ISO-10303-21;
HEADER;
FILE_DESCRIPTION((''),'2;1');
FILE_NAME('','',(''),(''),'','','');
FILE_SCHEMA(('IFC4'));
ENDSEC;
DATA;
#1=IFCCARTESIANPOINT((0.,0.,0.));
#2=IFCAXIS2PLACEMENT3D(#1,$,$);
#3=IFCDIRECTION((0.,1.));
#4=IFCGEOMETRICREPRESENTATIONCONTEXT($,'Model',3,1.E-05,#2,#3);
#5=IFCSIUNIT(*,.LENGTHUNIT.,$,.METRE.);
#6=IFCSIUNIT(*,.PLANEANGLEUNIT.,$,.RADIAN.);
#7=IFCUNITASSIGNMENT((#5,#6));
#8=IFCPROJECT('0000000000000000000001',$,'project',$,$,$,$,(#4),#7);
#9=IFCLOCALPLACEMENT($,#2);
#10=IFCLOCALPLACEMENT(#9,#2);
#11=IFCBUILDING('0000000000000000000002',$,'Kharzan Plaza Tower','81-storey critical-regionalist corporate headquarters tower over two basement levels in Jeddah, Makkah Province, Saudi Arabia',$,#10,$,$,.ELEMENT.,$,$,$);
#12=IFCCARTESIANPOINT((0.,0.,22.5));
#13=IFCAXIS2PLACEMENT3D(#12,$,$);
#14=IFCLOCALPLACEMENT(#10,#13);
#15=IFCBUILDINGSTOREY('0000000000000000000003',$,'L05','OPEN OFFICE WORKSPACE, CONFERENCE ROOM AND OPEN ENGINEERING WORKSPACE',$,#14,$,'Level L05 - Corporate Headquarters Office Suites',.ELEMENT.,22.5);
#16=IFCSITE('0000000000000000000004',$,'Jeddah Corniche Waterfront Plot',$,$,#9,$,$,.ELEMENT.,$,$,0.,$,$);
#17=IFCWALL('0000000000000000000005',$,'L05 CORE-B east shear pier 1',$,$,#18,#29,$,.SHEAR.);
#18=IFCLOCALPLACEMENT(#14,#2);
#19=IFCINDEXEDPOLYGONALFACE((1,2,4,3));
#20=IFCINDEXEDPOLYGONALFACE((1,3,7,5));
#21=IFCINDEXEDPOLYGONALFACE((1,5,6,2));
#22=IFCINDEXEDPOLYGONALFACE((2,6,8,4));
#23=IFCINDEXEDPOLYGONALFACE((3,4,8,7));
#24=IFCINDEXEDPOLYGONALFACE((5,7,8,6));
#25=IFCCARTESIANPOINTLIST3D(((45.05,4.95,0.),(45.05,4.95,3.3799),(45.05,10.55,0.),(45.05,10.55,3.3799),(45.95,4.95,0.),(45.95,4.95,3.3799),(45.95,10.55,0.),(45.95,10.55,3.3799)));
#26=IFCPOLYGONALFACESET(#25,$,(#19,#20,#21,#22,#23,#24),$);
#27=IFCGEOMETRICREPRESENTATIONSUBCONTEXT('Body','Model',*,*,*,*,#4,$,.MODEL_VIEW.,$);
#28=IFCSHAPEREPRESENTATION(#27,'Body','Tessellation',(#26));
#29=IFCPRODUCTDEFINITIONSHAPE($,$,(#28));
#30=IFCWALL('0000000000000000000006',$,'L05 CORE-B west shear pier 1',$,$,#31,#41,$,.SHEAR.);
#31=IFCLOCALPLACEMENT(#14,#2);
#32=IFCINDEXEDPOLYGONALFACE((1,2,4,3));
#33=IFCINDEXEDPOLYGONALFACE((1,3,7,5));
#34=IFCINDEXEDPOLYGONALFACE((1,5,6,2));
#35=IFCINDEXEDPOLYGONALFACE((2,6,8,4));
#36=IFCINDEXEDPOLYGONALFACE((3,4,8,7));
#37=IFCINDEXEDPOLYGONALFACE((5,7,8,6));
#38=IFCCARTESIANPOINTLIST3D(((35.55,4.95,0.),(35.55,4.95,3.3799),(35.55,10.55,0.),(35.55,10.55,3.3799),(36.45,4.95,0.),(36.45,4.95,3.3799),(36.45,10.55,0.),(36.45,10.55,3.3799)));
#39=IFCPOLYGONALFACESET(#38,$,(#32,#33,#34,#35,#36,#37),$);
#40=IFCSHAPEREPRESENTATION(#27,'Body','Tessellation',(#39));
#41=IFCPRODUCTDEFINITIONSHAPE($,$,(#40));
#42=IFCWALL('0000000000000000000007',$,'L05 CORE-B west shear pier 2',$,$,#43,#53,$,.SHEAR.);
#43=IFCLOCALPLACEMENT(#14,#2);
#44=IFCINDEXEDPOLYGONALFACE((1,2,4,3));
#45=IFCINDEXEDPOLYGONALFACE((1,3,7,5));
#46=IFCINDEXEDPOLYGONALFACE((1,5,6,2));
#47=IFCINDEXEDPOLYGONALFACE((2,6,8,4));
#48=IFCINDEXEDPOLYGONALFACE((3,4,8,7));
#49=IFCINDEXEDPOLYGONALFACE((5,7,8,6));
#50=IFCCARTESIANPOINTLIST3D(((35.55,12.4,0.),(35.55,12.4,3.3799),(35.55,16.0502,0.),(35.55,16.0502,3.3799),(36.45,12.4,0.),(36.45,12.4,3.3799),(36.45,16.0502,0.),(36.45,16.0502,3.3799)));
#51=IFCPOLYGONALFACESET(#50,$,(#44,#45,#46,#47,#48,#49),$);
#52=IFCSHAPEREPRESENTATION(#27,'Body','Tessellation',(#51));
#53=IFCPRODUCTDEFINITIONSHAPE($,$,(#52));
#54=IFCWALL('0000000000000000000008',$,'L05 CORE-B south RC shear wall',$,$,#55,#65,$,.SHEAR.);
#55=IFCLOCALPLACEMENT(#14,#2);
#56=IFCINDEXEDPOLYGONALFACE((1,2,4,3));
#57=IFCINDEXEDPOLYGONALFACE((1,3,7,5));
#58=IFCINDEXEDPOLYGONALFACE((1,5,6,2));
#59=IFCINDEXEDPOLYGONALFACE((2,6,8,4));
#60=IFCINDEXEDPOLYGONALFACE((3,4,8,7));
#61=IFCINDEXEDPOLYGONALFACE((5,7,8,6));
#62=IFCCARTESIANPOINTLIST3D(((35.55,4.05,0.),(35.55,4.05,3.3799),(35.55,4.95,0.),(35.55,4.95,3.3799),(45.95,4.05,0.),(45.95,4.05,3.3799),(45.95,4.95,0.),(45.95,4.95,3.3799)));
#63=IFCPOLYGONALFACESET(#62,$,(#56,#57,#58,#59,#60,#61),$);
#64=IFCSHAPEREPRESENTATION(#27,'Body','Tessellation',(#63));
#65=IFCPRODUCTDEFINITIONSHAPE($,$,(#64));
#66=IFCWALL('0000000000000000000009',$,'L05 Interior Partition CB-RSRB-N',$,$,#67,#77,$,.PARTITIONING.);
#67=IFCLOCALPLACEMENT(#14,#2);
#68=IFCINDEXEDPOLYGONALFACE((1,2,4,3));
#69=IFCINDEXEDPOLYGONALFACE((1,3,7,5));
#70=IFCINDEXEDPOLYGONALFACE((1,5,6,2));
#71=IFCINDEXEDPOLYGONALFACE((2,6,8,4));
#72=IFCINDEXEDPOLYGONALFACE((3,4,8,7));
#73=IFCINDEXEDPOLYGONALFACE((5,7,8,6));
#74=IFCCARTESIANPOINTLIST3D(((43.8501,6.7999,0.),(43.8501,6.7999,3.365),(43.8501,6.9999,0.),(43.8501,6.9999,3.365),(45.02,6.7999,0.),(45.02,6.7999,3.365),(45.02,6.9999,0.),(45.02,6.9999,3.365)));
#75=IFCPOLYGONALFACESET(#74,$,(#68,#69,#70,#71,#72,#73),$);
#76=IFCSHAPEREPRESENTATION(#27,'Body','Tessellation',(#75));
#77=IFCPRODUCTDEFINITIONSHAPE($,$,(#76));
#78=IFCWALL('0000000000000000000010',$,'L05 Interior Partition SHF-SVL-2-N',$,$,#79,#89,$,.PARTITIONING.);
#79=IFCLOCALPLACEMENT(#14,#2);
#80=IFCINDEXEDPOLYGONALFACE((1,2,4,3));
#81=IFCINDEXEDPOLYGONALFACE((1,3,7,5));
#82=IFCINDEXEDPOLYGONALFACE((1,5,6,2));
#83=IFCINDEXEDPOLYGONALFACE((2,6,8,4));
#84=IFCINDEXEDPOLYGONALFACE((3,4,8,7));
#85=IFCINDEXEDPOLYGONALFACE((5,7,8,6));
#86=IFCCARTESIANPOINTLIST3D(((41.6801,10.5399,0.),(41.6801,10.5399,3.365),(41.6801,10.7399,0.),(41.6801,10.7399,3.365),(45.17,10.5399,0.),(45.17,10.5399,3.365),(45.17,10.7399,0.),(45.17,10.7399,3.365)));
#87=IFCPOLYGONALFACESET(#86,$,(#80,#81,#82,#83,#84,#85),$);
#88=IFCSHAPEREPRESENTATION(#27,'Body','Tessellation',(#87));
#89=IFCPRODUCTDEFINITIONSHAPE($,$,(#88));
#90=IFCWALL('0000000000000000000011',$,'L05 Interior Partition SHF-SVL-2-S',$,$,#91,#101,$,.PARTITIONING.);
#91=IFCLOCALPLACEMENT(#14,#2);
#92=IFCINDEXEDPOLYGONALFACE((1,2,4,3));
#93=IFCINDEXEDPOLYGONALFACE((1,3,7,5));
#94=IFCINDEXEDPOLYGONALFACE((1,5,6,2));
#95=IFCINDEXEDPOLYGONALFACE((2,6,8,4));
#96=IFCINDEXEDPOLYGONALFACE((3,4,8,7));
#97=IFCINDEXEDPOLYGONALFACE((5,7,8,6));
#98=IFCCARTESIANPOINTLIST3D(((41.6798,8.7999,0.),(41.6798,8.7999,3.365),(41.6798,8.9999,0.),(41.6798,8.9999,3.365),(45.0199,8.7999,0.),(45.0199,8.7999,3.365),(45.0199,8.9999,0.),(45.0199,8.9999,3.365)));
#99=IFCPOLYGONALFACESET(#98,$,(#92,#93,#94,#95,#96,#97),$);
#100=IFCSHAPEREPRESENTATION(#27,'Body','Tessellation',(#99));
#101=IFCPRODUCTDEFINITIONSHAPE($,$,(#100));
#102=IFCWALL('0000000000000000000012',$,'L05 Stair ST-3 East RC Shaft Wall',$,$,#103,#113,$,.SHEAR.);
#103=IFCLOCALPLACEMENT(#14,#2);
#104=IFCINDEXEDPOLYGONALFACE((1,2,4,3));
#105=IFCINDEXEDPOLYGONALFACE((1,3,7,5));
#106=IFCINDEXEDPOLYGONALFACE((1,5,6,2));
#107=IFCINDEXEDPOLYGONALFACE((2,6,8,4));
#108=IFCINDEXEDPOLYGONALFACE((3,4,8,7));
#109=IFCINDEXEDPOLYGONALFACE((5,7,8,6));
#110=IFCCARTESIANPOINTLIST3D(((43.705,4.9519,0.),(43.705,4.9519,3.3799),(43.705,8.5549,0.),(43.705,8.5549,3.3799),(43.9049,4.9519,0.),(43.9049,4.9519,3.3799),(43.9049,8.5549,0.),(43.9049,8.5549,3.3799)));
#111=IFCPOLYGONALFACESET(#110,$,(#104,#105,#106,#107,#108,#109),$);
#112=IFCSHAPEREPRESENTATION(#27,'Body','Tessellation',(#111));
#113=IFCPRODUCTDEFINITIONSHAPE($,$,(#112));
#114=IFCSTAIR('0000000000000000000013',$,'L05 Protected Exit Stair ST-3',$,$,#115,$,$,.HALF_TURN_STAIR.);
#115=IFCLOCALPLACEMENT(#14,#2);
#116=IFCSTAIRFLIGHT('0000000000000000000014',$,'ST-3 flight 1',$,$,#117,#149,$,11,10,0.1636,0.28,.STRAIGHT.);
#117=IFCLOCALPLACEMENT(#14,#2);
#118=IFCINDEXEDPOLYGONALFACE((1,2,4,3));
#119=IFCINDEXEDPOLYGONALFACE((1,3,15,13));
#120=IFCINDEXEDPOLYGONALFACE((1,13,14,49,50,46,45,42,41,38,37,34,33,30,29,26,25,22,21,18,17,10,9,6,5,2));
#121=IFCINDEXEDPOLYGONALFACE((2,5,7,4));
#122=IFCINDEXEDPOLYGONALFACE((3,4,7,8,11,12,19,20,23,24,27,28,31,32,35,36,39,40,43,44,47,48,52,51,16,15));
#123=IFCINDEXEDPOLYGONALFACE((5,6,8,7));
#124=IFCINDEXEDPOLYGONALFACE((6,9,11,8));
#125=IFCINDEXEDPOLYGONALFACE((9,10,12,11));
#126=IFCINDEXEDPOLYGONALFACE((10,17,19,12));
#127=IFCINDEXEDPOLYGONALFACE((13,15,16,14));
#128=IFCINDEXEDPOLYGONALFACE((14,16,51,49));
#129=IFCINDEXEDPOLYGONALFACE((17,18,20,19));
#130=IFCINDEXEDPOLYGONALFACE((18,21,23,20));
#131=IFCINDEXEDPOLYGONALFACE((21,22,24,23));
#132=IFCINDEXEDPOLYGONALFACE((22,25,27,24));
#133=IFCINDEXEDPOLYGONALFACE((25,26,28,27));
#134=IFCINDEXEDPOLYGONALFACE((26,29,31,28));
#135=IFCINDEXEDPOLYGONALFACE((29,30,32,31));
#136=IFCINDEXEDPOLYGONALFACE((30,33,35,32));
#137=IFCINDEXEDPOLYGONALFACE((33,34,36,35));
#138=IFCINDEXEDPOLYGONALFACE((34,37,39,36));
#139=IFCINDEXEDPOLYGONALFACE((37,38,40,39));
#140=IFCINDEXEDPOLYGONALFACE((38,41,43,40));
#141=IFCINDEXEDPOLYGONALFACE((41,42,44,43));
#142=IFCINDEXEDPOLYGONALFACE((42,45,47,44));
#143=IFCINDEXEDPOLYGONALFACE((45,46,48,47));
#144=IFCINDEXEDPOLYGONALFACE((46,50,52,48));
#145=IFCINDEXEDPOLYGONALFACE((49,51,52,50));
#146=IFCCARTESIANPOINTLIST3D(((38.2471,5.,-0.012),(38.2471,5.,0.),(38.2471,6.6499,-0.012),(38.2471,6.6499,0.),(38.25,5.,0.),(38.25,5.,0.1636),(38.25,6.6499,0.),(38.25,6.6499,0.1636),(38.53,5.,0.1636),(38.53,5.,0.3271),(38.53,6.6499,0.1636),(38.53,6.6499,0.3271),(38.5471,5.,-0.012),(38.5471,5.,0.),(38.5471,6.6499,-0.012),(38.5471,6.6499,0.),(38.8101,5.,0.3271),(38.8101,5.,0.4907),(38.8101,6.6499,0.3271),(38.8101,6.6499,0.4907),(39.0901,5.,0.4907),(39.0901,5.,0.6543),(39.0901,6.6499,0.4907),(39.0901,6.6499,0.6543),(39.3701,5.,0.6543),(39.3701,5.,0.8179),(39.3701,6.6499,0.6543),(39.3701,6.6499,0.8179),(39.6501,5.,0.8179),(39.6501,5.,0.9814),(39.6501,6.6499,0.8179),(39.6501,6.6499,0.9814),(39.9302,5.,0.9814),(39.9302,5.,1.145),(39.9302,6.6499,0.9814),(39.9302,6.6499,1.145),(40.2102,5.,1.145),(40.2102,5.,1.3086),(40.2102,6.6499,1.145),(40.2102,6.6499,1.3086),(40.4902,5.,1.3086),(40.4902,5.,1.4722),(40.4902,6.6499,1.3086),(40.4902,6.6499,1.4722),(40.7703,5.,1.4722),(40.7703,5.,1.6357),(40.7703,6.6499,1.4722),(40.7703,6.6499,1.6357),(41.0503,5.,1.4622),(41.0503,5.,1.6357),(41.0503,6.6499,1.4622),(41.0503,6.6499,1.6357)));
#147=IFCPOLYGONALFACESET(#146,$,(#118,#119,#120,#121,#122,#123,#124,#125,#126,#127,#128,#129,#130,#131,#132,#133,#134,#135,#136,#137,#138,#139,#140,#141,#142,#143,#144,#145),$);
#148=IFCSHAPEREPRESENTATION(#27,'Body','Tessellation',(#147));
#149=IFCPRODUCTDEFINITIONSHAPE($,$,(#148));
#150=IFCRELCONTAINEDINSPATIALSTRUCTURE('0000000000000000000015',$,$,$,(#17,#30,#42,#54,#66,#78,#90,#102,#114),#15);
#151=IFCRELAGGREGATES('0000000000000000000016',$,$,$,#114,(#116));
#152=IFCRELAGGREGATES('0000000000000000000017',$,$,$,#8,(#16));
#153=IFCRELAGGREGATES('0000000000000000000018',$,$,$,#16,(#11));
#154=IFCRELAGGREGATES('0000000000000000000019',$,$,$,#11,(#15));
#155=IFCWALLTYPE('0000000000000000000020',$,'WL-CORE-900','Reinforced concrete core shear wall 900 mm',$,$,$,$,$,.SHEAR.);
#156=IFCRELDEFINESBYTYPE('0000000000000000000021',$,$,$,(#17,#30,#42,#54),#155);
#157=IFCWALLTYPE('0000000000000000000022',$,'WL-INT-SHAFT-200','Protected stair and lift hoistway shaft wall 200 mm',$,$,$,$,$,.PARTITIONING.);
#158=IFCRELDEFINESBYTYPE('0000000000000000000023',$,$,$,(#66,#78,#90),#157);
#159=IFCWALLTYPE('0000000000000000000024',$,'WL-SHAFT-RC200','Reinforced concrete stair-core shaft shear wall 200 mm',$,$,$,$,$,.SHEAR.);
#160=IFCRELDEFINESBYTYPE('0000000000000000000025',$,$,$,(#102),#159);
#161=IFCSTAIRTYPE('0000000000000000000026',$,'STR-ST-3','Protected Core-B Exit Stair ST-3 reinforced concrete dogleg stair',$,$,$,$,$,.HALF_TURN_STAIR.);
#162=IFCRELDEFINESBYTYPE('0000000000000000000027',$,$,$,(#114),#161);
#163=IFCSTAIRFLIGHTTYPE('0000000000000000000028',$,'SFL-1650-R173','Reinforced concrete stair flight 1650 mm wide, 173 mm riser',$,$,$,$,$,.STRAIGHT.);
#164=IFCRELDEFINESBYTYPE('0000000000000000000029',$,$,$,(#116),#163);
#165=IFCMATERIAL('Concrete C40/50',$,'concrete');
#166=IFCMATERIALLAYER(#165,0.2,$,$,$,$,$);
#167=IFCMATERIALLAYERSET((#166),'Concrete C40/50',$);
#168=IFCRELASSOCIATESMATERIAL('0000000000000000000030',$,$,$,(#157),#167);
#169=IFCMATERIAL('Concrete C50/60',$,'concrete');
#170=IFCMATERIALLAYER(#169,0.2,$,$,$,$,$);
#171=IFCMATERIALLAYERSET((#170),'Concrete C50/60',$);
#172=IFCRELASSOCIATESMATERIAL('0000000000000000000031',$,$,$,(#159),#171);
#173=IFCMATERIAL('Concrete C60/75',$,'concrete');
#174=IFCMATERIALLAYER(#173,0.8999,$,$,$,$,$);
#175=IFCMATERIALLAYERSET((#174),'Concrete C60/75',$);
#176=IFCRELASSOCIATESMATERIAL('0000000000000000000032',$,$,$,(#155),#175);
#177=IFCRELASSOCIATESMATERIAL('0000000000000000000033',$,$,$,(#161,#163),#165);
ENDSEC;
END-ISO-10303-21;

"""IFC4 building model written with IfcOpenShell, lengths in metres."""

from ifc_helpers import new_model, si_unit, direction, frame, frame_2d, origin, place, context, subcontext, project, spatial, polyline, rectangle, outline, extrude, source, transform, mapped, material, layer, layer_set, type_object, element, aggregate, save


model = new_model("IFC4")

# Units and contexts
model_context = context("Model", 3, precision=1e-05, world=origin(), true_north=direction((0.0, 1.0)))
body_context = subcontext(model_context, "Body", "Model", "MODEL_VIEW")
ifc_project = project(units=[si_unit("LENGTHUNIT", "METRE"), si_unit("PLANEANGLEUNIT", "RADIAN")], contexts=[model_context])

# Site, building, storey
site_placement = place(None, origin())
site = spatial("IfcSite", under=ifc_project, at=site_placement, Name="Jeddah Corniche Waterfront Plot", CompositionType="ELEMENT", RefElevation=0.0)
building_placement = place(site_placement, origin())
building = spatial("IfcBuilding", under=site, at=building_placement, Name="Kharzan Plaza Tower", Description="81-storey critical-regionalist corporate headquarters tower over two basement levels in Jeddah, Makkah Province, Saudi Arabia", CompositionType="ELEMENT")
storey_placement = place(building_placement, frame((0.0, 0.0, 22.5)))
storey = spatial("IfcBuildingStorey", under=building, at=storey_placement, Name="L05", Description="OPEN OFFICE WORKSPACE, CONFERENCE ROOM AND OPEN ENGINEERING WORKSPACE", LongName="Level L05 - Corporate Headquarters Office Suites", CompositionType="ELEMENT", Elevation=22.5)

# Shared definitions
ifc_material_1 = material(Name="Concrete C60/75", Category="concrete")

# Shared definitions
ifc_material_2 = material(Name="Concrete C40/50", Category="concrete")

# Shared definitions
ifc_layer_1 = layer(ifc_material_2, 0.2)
ifc_layer_set_1 = layer_set([ifc_layer_1], Name="Concrete C40/50")
wall_type_1 = type_object("IfcWallType", Name="WL-INT-SHAFT-200", Description="Protected stair and lift hoistway shaft wall 200 mm", PredefinedType="PARTITIONING", material=ifc_layer_set_1)
ifc_material_3 = material(Name="Concrete C50/60", Category="concrete")
ifc_layer_2 = layer(ifc_material_3, 0.2)
ifc_layer_set_2 = layer_set([ifc_layer_2], Name="Concrete C50/60")
wall_type_2 = type_object("IfcWallType", Name="WL-SHAFT-RC200", Description="Reinforced concrete stair-core shaft shear wall 200 mm", PredefinedType="SHEAR", material=ifc_layer_set_2)

# Walls
ifc_layer_3 = layer(ifc_material_1, 0.8999)
ifc_layer_set_3 = layer_set([ifc_layer_3], Name="Concrete C60/75")
wall_type_3 = type_object("IfcWallType", Name="WL-CORE-900", Description="Reinforced concrete core shear wall 900 mm", PredefinedType="SHEAR", material=ifc_layer_set_3)
shared_shape_1 = source(origin(), body_context, "Body", "SweptSolid", [
    extrude(rectangle(XDim=5.6001, YDim=0.8999, at=frame_2d((2.8, 0.0))), origin(), (0.0, 0.0, 1.0), 3.3799),
])
for number, where, z_axis, x_axis, name in (
    (1, (45.5, 4.95, 0.0), (0.0, 0.0, 1.0), (0.0, 1.0, 0.0), "L05 CORE-B east shear pier 1"),
    (2, (36.0, 4.95, 0.0), (0.0, 0.0, 1.0), (0.0, 1.0, 0.0), "L05 CORE-B west shear pier 1"),
):
    element("IfcWall", number, at=place(storey_placement, frame(where, z_axis=z_axis, x_axis=x_axis)), inside=storey, type_object=wall_type_3, Name=name, PredefinedType="SHEAR", context=body_context, shape_type="MappedRepresentation", body=[
        mapped(shared_shape_1, transform((0.0, 0.0, 0.0), x_axis=(1.0, 0.0, 0.0), y_axis=(0.0, 1.0, 0.0), z_axis=(0.0, 0.0, 1.0))),
    ])
shared_shape_2 = source(origin(), body_context, "Body", "SweptSolid", [
    extrude(rectangle(XDim=3.6501, YDim=0.8999, at=frame_2d((1.8252, 0.0))), origin(), (0.0, 0.0, 1.0), 3.3799),
])
wall_1_placement = place(storey_placement, frame((36.0, 12.3999, 0.0), z_axis=(0.0, 0.0, 1.0), x_axis=(0.0, 1.0, 0.0)))
element("IfcWall", 3, at=wall_1_placement, inside=storey, type_object=wall_type_3, Name="L05 CORE-B west shear pier 2", PredefinedType="SHEAR", context=body_context, shape_type="MappedRepresentation", body=[
    mapped(shared_shape_2, transform((0.0, 0.0, 0.0), x_axis=(1.0, 0.0, 0.0), y_axis=(0.0, 1.0, 0.0), z_axis=(0.0, 0.0, 1.0))),
])
shared_shape_3 = source(origin(), body_context, "Body", "SweptSolid", [
    extrude(rectangle(XDim=10.3999, YDim=0.8999, at=frame_2d((5.2, 0.0))), origin(), (0.0, 0.0, 1.0), 3.3799),
])
wall_2_placement = place(storey_placement, frame((35.55, 4.5, 0.0), z_axis=(0.0, 0.0, 1.0), x_axis=(1.0, 0.0, 0.0)))
element("IfcWall", 4, at=wall_2_placement, inside=storey, type_object=wall_type_3, Name="L05 CORE-B south RC shear wall", PredefinedType="SHEAR", context=body_context, shape_type="MappedRepresentation", body=[
    mapped(shared_shape_3, transform((0.0, 0.0, 0.0), x_axis=(1.0, 0.0, 0.0), y_axis=(0.0, 1.0, 0.0), z_axis=(0.0, 0.0, 1.0))),
])
shared_shape_4 = source(origin(), body_context, "Body", "SweptSolid", [
    extrude(rectangle(XDim=1.1699, YDim=0.2, at=frame_2d((0.585, 0.0))), origin(), (0.0, 0.0, 1.0), 3.365),
])
wall_3_placement = place(storey_placement, frame((43.8501, 6.8999, 0.0), z_axis=(0.0, 0.0, 1.0), x_axis=(1.0, 0.0, 0.0)))
element("IfcWall", 5, at=wall_3_placement, inside=storey, type_object=wall_type_1, Name="L05 Interior Partition CB-RSRB-N", PredefinedType="PARTITIONING", context=body_context, shape_type="MappedRepresentation", body=[
    mapped(shared_shape_4, transform((0.0, 0.0, 0.0), x_axis=(1.0, 0.0, 0.0), y_axis=(0.0, 1.0, 0.0), z_axis=(0.0, 0.0, 1.0))),
])
shared_shape_5 = source(origin(), body_context, "Body", "SweptSolid", [
    extrude(rectangle(XDim=3.49, YDim=0.2, at=frame_2d((1.7451, 0.0))), origin(), (0.0, 0.0, 1.0), 3.365),
])
wall_4_placement = place(storey_placement, frame((41.6799, 10.6399, 0.0), z_axis=(0.0, 0.0, 1.0), x_axis=(1.0, 0.0, 0.0)))
element("IfcWall", 6, at=wall_4_placement, inside=storey, type_object=wall_type_1, Name="L05 Interior Partition SHF-SVL-2-N", PredefinedType="PARTITIONING", context=body_context, shape_type="MappedRepresentation", body=[
    mapped(shared_shape_5, transform((0.0, 0.0, 0.0), x_axis=(1.0, 0.0, 0.0), y_axis=(0.0, 1.0, 0.0), z_axis=(0.0, 0.0, 1.0))),
])
shared_shape_6 = source(origin(), body_context, "Body", "SweptSolid", [
    extrude(rectangle(XDim=3.3401, YDim=0.2, at=frame_2d((1.6699, 0.0))), origin(), (0.0, 0.0, 1.0), 3.365),
])
wall_5_placement = place(storey_placement, frame((41.6799, 8.8999, 0.0), z_axis=(0.0, 0.0, 1.0), x_axis=(1.0, 0.0, 0.0)))
element("IfcWall", 7, at=wall_5_placement, inside=storey, type_object=wall_type_1, Name="L05 Interior Partition SHF-SVL-2-S", PredefinedType="PARTITIONING", context=body_context, shape_type="MappedRepresentation", body=[
    mapped(shared_shape_6, transform((0.0, 0.0, 0.0), x_axis=(1.0, 0.0, 0.0), y_axis=(0.0, 1.0, 0.0), z_axis=(0.0, 0.0, 1.0))),
])
shared_shape_7 = source(origin(), body_context, "Body", "SweptSolid", [
    extrude(rectangle(XDim=3.603, YDim=0.2, at=frame_2d((1.8015, 0.0))), origin(), (0.0, 0.0, 1.0), 3.3799),
])
wall_6_placement = place(storey_placement, frame((43.8049, 4.9519, 0.0), z_axis=(0.0, 0.0, 1.0), x_axis=(0.0, 1.0, 0.0)))
element("IfcWall", 8, at=wall_6_placement, inside=storey, type_object=wall_type_2, Name="L05 Stair ST-3 East RC Shaft Wall", PredefinedType="SHEAR", context=body_context, shape_type="MappedRepresentation", body=[
    mapped(shared_shape_7, transform((0.0, 0.0, 0.0), x_axis=(1.0, 0.0, 0.0), y_axis=(0.0, 1.0, 0.0), z_axis=(0.0, 0.0, 1.0))),
])

# Stair, stair flight
stair_type = type_object("IfcStairType", Name="STR-ST-3", Description="Protected Core-B Exit Stair ST-3 reinforced concrete dogleg stair", PredefinedType="HALF_TURN_STAIR", material=ifc_material_2)
stair_placement = place(storey_placement, origin())
stair = element("IfcStair", 9, at=stair_placement, inside=storey, type_object=stair_type, Name="L05 Protected Exit Stair ST-3", PredefinedType="HALF_TURN_STAIR")
stair_flight_type = type_object("IfcStairFlightType", Name="SFL-1650-R173", Description="Reinforced concrete stair flight 1650 mm wide, 173 mm riser", PredefinedType="STRAIGHT", material=ifc_material_2)
shared_shape_8 = source(origin(), body_context, "Body", "SweptSolid", [
    extrude(outline(polyline([(-0.0029, -0.012), (-0.0029, 0.0), (0.0, 0.0), (0.0, 0.1636), (0.28, 0.1636), (0.28, 0.3271), (0.5601, 0.3271), (0.5601, 0.4907), (0.8401, 0.4907), (0.8401, 0.6543), (1.1201, 0.6543), (1.1201, 0.8179), (1.4001, 0.8179), (1.4001, 0.9814), (1.6802, 0.9814), (1.6802, 1.145), (1.9602, 1.145), (1.9602, 1.3086), (2.2402, 1.3086), (2.2402, 1.4722), (2.5203, 1.4722), (2.5203, 1.6357), (2.8003, 1.6357), (2.8003, 1.7993), (2.8003, 1.4622), (0.2971, 0.0), (0.2971, -0.012), (-0.0029, -0.012)])), frame((0.0, 0.825, 0.0), z_axis=(0.0, -1.0, 0.0), x_axis=(1.0, 0.0, 0.0)), (0.0, 0.0, 1.0), 1.6499),
])
stair_flight_1_placement = place(storey_placement, frame((38.25, 5.825, 0.0), z_axis=(0.0, 0.0, 1.0), x_axis=(1.0, 0.0, 0.0)))
stair_flight_1 = element("IfcStairFlight", 10, at=stair_flight_1_placement, type_object=stair_flight_type, Name="ST-3 flight 1", NumberOfRisers=11, NumberOfTreads=10, PredefinedType="STRAIGHT", RiserHeight=0.1636, TreadLength=0.28, context=body_context, shape_type="MappedRepresentation", body=[
    mapped(shared_shape_8, transform((0.0, 0.0, 0.0), x_axis=(1.0, 0.0, 0.0), y_axis=(0.0, 1.0, 0.0), z_axis=(0.0, 0.0, 1.0))),
])
aggregate(stair, [stair_flight_1])

save(model, "model.ifc")
